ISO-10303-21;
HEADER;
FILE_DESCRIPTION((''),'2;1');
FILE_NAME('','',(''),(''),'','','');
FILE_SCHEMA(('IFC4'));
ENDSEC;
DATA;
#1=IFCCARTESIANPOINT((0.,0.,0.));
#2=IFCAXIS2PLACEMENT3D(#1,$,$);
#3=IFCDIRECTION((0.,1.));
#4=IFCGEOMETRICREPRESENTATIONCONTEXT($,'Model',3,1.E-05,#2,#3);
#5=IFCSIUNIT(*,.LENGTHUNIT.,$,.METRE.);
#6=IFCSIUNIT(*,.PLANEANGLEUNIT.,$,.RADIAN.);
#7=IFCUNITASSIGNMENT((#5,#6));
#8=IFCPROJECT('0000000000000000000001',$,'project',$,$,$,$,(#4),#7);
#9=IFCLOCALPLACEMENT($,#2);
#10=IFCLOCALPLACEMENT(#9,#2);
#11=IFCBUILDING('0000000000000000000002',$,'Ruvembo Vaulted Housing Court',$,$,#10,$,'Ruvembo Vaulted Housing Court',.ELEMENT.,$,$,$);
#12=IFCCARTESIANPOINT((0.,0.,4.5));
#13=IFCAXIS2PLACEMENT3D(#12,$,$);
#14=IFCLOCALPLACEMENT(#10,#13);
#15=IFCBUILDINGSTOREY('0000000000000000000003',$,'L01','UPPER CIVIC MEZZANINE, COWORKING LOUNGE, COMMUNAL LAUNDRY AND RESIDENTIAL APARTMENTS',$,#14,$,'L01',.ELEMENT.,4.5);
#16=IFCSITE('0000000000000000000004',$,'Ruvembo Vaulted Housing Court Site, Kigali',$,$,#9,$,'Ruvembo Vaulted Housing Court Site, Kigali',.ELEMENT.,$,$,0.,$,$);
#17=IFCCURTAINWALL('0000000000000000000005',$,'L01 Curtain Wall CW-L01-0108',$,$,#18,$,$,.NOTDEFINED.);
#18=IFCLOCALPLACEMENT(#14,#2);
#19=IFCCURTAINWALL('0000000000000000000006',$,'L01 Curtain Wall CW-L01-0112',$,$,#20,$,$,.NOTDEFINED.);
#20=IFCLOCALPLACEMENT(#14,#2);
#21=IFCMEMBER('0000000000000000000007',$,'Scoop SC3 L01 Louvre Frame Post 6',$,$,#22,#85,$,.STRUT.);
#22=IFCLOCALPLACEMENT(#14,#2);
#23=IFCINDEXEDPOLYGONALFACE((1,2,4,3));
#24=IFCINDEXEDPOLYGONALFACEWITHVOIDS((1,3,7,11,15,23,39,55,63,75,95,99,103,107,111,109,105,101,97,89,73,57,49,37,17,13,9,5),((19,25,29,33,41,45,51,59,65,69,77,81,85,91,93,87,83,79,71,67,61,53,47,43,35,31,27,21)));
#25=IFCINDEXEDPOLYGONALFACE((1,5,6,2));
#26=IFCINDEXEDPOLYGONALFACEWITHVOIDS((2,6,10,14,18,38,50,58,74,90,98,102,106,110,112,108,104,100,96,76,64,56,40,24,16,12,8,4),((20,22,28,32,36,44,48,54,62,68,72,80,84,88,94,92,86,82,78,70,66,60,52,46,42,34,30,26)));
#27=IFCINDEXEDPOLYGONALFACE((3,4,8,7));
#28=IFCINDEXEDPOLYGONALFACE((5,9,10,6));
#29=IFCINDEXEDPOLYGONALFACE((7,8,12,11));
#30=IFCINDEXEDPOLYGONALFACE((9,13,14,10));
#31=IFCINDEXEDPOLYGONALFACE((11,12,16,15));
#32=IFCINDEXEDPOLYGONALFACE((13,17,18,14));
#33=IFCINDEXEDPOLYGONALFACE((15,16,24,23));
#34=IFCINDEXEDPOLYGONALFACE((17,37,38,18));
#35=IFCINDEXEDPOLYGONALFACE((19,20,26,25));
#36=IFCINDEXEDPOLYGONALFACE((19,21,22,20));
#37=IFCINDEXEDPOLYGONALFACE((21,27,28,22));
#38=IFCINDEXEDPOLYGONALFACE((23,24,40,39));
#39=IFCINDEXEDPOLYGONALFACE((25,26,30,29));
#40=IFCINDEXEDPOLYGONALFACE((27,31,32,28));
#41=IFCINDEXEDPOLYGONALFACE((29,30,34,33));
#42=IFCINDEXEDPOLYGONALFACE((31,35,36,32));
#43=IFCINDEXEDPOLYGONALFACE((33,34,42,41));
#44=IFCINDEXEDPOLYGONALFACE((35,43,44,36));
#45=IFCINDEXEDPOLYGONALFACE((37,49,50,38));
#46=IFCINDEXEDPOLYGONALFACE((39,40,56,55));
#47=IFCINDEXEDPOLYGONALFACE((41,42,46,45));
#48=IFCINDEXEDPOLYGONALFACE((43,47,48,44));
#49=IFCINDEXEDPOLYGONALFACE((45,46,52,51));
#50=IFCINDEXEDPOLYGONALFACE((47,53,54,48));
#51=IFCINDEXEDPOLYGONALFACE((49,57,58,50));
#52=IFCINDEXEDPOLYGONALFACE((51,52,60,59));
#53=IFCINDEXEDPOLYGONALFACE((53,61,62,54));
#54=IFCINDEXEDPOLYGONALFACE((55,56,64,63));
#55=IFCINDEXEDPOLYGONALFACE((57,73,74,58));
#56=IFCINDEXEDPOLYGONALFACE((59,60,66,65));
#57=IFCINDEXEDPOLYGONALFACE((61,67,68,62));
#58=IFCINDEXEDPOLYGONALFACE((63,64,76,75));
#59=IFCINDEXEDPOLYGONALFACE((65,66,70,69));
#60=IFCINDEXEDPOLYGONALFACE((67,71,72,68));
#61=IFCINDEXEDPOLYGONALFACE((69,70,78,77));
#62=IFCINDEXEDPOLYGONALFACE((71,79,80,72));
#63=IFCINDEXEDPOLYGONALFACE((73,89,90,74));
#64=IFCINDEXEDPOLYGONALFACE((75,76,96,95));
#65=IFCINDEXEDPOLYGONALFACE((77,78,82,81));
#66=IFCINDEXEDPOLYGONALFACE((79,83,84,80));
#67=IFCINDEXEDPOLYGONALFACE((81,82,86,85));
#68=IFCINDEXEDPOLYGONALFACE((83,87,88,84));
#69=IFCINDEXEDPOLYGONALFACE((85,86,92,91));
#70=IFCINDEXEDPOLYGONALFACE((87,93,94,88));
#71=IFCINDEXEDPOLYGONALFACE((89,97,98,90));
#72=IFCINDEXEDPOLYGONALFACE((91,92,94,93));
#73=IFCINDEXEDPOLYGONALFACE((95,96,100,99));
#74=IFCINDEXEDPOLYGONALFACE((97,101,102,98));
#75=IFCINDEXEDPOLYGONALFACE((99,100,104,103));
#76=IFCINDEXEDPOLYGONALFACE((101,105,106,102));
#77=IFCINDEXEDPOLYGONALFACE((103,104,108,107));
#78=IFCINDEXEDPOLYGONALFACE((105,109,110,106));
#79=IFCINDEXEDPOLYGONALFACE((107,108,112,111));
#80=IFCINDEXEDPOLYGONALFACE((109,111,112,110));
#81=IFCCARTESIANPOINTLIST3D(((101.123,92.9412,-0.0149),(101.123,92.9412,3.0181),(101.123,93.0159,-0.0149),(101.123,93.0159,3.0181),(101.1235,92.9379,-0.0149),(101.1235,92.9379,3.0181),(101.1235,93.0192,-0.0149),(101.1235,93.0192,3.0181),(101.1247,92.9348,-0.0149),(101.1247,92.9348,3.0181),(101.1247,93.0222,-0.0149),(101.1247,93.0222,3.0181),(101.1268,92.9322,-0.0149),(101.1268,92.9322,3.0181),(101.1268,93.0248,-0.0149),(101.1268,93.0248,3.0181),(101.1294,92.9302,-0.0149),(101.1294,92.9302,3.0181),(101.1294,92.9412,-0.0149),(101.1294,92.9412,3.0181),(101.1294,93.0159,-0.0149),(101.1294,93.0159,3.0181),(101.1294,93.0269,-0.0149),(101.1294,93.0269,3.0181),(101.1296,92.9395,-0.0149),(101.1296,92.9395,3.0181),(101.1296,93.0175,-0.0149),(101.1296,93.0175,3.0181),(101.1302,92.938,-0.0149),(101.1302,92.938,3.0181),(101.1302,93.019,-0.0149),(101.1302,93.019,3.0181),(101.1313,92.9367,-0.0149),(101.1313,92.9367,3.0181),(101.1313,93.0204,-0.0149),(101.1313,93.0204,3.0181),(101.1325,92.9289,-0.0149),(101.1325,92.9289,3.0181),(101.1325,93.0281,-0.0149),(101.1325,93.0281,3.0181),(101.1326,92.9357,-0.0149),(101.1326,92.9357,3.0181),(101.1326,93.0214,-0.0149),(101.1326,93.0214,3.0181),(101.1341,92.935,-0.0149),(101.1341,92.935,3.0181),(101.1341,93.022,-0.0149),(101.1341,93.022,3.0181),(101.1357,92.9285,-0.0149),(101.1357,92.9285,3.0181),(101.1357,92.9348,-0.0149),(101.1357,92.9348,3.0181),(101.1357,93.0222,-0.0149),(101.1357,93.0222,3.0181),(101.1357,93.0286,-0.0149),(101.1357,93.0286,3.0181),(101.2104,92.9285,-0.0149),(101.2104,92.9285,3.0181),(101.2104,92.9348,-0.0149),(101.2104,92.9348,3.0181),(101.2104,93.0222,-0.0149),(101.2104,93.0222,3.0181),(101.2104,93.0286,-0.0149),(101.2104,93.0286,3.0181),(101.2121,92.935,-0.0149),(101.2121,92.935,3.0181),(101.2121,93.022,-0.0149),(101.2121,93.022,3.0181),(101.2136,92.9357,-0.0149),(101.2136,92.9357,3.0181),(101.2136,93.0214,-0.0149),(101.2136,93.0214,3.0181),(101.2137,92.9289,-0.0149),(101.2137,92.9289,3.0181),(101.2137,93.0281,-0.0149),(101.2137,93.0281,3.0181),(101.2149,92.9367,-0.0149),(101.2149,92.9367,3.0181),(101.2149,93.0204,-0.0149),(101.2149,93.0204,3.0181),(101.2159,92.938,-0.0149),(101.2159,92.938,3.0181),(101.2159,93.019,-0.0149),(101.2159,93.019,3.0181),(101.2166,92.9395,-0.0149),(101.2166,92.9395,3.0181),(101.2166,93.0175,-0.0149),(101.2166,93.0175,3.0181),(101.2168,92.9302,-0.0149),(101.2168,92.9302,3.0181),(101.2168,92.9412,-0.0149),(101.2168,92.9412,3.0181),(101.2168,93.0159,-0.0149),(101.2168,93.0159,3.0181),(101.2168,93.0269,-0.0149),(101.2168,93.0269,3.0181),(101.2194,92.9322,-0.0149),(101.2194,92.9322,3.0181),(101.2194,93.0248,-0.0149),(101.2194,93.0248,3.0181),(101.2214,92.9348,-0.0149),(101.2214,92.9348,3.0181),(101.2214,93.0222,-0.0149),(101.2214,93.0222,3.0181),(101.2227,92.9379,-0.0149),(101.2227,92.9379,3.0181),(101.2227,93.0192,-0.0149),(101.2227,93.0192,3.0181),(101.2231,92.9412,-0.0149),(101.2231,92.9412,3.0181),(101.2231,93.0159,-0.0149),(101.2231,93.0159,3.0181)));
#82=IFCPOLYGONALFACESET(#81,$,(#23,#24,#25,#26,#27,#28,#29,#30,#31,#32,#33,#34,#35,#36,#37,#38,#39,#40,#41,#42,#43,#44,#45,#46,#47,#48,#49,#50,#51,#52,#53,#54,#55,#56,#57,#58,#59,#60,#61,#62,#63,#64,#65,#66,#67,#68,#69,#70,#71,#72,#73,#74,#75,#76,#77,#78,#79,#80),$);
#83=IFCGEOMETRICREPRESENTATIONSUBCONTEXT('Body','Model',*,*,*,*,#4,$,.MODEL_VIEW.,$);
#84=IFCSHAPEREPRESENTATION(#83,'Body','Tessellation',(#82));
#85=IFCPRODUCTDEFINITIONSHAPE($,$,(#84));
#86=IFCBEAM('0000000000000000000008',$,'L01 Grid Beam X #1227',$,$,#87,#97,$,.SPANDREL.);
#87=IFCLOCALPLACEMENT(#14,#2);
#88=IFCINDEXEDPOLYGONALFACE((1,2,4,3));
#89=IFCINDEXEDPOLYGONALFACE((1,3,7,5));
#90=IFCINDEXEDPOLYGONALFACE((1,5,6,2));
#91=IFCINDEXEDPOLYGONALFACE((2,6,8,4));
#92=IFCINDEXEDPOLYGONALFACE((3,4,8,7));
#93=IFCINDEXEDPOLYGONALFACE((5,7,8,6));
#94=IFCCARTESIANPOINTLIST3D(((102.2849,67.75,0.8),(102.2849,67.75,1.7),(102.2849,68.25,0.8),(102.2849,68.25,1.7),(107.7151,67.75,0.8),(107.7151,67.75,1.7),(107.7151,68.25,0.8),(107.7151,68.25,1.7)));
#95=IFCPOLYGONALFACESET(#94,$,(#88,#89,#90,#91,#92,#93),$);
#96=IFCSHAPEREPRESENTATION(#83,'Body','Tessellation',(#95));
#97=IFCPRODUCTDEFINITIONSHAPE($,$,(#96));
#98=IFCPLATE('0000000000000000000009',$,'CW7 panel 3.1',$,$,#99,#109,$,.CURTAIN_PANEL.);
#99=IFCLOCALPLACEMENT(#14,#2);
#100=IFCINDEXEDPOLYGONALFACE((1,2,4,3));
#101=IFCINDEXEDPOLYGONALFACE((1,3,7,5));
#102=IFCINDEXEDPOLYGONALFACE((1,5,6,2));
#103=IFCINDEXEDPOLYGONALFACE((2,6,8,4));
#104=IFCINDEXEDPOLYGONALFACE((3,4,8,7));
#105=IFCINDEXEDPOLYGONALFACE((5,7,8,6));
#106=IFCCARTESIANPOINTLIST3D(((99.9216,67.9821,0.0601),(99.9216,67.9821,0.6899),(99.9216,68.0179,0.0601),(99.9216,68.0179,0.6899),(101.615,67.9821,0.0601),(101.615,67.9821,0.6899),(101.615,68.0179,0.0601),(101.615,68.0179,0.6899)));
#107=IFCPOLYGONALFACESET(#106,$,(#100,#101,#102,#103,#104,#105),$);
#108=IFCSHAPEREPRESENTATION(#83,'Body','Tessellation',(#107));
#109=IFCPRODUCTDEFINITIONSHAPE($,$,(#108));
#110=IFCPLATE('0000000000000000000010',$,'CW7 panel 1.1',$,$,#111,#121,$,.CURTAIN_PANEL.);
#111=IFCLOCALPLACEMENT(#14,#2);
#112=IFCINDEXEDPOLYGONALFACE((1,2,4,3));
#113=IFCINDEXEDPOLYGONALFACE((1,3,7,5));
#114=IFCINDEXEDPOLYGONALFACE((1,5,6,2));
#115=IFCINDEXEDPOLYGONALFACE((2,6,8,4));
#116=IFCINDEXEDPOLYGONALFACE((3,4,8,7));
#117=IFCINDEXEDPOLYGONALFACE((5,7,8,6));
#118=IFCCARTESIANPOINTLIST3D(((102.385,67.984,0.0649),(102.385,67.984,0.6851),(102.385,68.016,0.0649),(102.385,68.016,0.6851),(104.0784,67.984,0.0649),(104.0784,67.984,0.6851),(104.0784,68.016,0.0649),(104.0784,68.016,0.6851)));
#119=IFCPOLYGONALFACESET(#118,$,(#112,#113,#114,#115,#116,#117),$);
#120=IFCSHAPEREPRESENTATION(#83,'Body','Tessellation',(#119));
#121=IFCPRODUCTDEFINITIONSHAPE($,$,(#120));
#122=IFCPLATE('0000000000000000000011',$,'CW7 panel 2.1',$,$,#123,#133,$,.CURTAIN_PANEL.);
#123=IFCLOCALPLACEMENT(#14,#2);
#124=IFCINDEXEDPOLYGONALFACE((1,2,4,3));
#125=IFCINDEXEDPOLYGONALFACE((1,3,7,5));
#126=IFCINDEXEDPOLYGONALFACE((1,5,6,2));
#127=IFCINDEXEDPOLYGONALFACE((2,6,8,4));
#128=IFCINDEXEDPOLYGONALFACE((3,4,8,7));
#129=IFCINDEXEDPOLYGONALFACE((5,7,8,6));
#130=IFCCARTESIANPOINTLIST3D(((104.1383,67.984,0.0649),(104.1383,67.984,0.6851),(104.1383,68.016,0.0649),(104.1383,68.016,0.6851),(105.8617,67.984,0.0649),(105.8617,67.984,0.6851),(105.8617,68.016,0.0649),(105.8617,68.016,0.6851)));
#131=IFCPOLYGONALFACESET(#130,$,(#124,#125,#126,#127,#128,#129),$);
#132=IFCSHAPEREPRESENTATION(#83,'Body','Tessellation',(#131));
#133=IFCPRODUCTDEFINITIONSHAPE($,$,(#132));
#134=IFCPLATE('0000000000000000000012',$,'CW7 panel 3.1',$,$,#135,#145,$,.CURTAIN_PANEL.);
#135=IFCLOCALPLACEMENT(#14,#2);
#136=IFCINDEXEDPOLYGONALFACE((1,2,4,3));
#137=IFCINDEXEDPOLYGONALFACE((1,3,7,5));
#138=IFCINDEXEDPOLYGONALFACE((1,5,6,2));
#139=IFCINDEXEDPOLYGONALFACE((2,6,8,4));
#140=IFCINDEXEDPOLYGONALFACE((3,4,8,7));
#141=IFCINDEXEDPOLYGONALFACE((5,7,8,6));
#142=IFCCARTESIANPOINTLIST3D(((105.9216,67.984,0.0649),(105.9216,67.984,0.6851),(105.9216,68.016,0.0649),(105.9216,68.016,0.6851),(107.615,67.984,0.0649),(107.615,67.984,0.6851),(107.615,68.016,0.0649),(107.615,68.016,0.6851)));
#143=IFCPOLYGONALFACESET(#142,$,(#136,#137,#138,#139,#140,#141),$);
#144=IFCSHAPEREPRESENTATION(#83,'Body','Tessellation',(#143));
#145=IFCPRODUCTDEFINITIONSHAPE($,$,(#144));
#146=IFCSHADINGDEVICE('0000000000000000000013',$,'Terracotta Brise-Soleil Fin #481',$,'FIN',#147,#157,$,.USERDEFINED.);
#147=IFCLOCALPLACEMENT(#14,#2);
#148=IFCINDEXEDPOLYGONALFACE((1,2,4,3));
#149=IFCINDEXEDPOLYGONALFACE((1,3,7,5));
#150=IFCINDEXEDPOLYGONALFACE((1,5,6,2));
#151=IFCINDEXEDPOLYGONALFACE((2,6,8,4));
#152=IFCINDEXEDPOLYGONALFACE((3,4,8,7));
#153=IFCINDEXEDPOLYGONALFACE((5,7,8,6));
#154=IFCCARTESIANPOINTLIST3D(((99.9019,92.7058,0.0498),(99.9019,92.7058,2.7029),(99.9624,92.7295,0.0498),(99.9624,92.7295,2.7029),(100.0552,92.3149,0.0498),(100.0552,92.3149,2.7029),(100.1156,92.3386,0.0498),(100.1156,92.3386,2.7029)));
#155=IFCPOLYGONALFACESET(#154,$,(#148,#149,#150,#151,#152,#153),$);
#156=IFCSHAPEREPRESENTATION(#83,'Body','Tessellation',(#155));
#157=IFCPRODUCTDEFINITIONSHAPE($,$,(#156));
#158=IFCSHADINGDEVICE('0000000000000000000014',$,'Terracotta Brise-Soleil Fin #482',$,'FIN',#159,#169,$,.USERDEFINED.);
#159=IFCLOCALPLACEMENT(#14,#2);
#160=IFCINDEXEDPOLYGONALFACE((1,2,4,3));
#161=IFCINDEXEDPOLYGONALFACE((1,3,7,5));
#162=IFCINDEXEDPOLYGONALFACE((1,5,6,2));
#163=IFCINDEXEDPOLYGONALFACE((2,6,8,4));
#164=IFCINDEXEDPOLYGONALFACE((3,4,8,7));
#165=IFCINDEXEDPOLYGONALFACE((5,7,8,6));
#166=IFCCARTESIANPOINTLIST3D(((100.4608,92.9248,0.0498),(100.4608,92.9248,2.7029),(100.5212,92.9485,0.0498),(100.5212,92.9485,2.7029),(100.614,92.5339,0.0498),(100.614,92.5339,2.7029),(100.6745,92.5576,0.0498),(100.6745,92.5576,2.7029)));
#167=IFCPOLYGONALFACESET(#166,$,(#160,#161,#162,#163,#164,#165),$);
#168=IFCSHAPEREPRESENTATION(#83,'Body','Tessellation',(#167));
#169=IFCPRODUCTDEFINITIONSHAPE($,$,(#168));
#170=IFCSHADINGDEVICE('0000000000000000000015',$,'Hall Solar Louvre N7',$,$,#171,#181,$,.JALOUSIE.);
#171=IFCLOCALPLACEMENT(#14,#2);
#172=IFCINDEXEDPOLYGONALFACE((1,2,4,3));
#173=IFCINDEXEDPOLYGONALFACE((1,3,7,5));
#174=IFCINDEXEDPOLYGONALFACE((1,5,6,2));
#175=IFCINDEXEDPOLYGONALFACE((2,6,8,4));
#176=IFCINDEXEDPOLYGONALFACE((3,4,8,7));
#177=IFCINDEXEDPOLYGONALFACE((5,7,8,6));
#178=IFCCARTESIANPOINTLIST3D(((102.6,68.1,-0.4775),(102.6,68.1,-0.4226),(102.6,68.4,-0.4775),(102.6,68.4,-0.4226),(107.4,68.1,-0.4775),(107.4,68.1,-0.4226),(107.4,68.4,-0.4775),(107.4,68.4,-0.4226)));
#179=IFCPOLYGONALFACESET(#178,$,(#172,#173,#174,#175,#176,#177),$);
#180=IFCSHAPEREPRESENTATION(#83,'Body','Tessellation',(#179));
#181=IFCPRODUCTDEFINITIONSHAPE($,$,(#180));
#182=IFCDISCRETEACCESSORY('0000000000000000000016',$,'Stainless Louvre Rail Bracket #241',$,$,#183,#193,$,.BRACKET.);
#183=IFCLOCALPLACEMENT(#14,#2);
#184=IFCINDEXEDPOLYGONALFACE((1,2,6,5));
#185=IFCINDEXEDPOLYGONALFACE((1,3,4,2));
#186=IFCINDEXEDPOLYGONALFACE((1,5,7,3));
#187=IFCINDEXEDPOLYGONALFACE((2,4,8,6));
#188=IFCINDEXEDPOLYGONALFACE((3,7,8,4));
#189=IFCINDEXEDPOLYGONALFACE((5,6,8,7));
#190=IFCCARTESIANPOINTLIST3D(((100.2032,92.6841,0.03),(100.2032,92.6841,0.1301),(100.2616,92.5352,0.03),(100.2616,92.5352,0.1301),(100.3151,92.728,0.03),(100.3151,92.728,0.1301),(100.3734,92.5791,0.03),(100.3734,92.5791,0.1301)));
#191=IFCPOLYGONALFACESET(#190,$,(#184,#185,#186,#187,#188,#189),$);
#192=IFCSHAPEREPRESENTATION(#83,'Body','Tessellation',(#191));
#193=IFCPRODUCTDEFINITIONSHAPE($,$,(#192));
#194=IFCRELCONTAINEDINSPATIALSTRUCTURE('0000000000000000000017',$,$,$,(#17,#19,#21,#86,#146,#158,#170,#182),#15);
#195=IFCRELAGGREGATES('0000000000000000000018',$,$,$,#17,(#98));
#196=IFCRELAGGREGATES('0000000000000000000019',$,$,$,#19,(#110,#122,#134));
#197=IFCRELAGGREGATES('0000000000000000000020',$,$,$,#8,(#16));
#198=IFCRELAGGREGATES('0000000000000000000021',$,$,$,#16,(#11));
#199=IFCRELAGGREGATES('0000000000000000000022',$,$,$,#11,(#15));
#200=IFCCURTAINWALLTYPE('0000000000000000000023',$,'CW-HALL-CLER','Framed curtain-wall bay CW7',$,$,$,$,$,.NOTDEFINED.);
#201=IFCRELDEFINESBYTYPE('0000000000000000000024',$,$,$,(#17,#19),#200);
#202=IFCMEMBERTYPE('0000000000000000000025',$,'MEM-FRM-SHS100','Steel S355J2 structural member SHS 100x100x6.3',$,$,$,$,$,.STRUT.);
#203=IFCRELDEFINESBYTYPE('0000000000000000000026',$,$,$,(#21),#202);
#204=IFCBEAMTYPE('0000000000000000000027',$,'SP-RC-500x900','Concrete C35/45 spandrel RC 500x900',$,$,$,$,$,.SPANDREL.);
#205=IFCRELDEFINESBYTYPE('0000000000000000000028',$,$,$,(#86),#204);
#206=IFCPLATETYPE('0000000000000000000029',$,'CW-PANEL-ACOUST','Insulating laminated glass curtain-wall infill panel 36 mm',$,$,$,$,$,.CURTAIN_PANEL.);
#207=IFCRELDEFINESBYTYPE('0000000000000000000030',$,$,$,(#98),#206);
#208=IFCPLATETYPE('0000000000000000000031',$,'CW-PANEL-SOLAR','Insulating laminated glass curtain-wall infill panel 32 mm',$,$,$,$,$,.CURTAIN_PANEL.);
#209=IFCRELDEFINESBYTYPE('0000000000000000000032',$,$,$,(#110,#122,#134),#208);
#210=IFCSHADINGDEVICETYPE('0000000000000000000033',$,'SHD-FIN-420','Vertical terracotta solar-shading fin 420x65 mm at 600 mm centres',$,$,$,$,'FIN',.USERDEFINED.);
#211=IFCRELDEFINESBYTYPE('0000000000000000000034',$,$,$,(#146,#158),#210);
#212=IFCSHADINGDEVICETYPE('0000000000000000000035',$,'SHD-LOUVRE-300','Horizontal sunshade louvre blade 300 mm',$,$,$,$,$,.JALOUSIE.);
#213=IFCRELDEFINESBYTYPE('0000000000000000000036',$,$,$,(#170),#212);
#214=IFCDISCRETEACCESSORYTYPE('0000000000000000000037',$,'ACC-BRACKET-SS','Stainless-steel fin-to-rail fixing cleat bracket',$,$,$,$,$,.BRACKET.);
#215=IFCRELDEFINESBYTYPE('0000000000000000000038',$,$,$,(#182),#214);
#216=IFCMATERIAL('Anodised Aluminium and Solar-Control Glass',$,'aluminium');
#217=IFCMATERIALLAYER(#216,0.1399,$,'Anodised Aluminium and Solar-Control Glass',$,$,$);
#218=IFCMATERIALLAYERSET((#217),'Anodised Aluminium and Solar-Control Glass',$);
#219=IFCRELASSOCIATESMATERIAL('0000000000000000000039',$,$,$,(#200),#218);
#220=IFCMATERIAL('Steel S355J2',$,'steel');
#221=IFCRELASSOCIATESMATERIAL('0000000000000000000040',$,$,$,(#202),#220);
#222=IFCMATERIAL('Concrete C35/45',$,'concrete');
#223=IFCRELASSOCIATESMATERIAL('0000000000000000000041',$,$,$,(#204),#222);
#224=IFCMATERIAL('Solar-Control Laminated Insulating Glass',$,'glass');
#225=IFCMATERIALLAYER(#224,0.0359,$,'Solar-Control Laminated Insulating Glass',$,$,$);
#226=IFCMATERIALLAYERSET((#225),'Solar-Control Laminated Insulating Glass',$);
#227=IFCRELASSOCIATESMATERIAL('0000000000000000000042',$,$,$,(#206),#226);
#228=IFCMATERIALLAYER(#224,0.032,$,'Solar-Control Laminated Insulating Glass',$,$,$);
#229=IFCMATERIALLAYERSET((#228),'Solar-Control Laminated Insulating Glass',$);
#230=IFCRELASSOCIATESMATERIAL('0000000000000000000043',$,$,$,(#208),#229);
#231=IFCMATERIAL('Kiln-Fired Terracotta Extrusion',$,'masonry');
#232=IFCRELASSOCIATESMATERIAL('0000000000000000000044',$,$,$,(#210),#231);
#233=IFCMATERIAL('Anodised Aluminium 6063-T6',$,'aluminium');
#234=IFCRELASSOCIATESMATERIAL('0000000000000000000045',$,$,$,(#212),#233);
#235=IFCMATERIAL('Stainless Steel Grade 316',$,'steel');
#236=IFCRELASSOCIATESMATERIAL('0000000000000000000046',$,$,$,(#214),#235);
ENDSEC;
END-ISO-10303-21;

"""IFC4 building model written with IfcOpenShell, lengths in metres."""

from ifc_helpers import new_model, si_unit, direction, frame, origin, origin_2d, place, context, subcontext, project, spatial, rectangle, hollow_rectangle, extrude, material, layer, layer_set, material_profile, profile_set, type_object, element, aggregate, save


model = new_model("IFC4")

# Units and contexts
model_context = context("Model", 3, precision=1e-05, world=origin(), true_north=direction((0.0, 1.0)))
body_context = subcontext(model_context, "Body", "Model", "MODEL_VIEW")
ifc_project = project(units=[si_unit("LENGTHUNIT", "METRE"), si_unit("PLANEANGLEUNIT", "RADIAN")], contexts=[model_context])

# Site, building, storey
site_placement = place(None, origin())
site = spatial("IfcSite", under=ifc_project, at=site_placement, Name="Ruvembo Vaulted Housing Court Site, Kigali", LongName="Ruvembo Vaulted Housing Court Site, Kigali", CompositionType="ELEMENT", RefElevation=0.0)
building_placement = place(site_placement, origin())
building = spatial("IfcBuilding", under=site, at=building_placement, Name="Ruvembo Vaulted Housing Court", LongName="Ruvembo Vaulted Housing Court", CompositionType="ELEMENT")
storey_placement = place(building_placement, frame((0.0, 0.0, 4.5)))
storey = spatial("IfcBuildingStorey", under=building, at=storey_placement, Name="L01", Description="UPPER CIVIC MEZZANINE, COWORKING LOUNGE, COMMUNAL LAUNDRY AND RESIDENTIAL APARTMENTS", LongName="L01", CompositionType="ELEMENT", Elevation=4.5)

# Curtain wall
ifc_material_1 = material(Name="Anodised Aluminium and Solar-Control Glass", Category="aluminium")
ifc_layer_1 = layer(ifc_material_1, 0.1399, Name="Anodised Aluminium and Solar-Control Glass")
ifc_layer_set_1 = layer_set([ifc_layer_1], Name="Anodised Aluminium and Solar-Control Glass")
curtain_wall_type = type_object("IfcCurtainWallType", Name="CW-HALL-CLER", Description="Framed curtain-wall bay CW7", PredefinedType="NOTDEFINED", material=ifc_layer_set_1)
curtain_wall_1_placement = place(storey_placement, origin())
curtain_wall_1 = element("IfcCurtainWall", 1, at=curtain_wall_1_placement, inside=storey, type_object=curtain_wall_type, Name="L01 Curtain Wall CW-L01-0108", PredefinedType="NOTDEFINED")
ifc_material_2 = material(Name="Anodised Aluminium 6063-T6", Category="aluminium")

# Curtain wall
curtain_wall_2_placement = place(storey_placement, origin())
curtain_wall_2 = element("IfcCurtainWall", 2, at=curtain_wall_2_placement, inside=storey, type_object=curtain_wall_type, Name="L01 Curtain Wall CW-L01-0112", PredefinedType="NOTDEFINED")

# Member
ifc_material_3 = material(Name="Steel S355J2", Category="steel")
ifc_material_profile_1 = material_profile(ifc_material_3, hollow_rectangle(XDim=0.1001, YDim=0.1001, WallThickness=0.0063, InnerFilletRadius=0.0063, OuterFilletRadius=0.0127, at=origin_2d()), Name="SHS 100x100x6.3")
ifc_profile_set_1 = profile_set([ifc_material_profile_1], Name="Steel S355J2")
member_type_1 = type_object("IfcMemberType", Name="MEM-FRM-SHS100", Description="Steel S355J2 structural member SHS 100x100x6.3", PredefinedType="STRUT", material=ifc_profile_set_1)
member_1_placement = place(storey_placement, frame((101.1731, 92.9785, -0.0149), z_axis=(0.0, 0.0, 1.0), x_axis=(1.0, 0.0, 0.0)))
element("IfcMember", 3, at=member_1_placement, inside=storey, type_object=member_type_1, Name="Scoop SC3 L01 Louvre Frame Post 6", PredefinedType="STRUT", context=body_context, shape_type="SweptSolid", body=[
    extrude(hollow_rectangle(XDim=0.1001, YDim=0.1001, WallThickness=0.0063, InnerFilletRadius=0.0063, OuterFilletRadius=0.0127, at=origin_2d()), origin(), (0.0, 0.0, 1.0), 3.033),
])

# Beam
ifc_material_4 = material(Name="Concrete C35/45", Category="concrete")
ifc_material_profile_2 = material_profile(ifc_material_4, rectangle(XDim=0.5, YDim=0.8999, at=origin_2d()), Name="RC 500x900")
ifc_profile_set_2 = profile_set([ifc_material_profile_2], Name="Concrete C35/45")
beam_type = type_object("IfcBeamType", Name="SP-RC-500x900", Description="Concrete C35/45 spandrel RC 500x900", PredefinedType="SPANDREL", material=ifc_profile_set_2)
beam_placement = place(storey_placement, frame((102.2849, 68.0, 1.25), z_axis=(1.0, 0.0, 0.0), x_axis=(0.0, 1.0, 0.0)))
element("IfcBeam", 4, at=beam_placement, inside=storey, type_object=beam_type, Name="L01 Grid Beam X #1227", PredefinedType="SPANDREL", context=body_context, shape_type="SweptSolid", body=[
    extrude(rectangle(XDim=0.5, YDim=0.8999, at=origin_2d()), origin(), (0.0, 0.0, 1.0), 5.4302),
])

# Plates
ifc_material_5 = material(Name="Solar-Control Laminated Insulating Glass", Category="glass")
ifc_layer_2 = layer(ifc_material_5, 0.0359, Name="Solar-Control Laminated Insulating Glass")
ifc_layer_set_2 = layer_set([ifc_layer_2], Name="Solar-Control Laminated Insulating Glass")
plate_type_1 = type_object("IfcPlateType", Name="CW-PANEL-ACOUST", Description="Insulating laminated glass curtain-wall infill panel 36 mm", PredefinedType="CURTAIN_PANEL", material=ifc_layer_set_2)
plate_1_placement = place(storey_placement, frame((100.7683, 68.0, 0.0601), z_axis=(0.0, 0.0, 1.0), x_axis=(1.0, 0.0, 0.0)))
plate_1 = element("IfcPlate", 5, at=plate_1_placement, type_object=plate_type_1, Name="CW7 panel 3.1", PredefinedType="CURTAIN_PANEL", context=body_context, shape_type="SweptSolid", body=[
    extrude(rectangle(XDim=1.6934, YDim=0.0359, at=origin_2d()), origin(), (0.0, 0.0, 1.0), 0.6299),
])
aggregate(curtain_wall_1, [plate_1])
ifc_layer_3 = layer(ifc_material_5, 0.032, Name="Solar-Control Laminated Insulating Glass")
ifc_layer_set_3 = layer_set([ifc_layer_3], Name="Solar-Control Laminated Insulating Glass")
plate_type_2 = type_object("IfcPlateType", Name="CW-PANEL-SOLAR", Description="Insulating laminated glass curtain-wall infill panel 32 mm", PredefinedType="CURTAIN_PANEL", material=ifc_layer_set_3)
plate_2_placement = place(storey_placement, frame((103.2317, 68.0, 0.0649), z_axis=(0.0, 0.0, 1.0), x_axis=(1.0, 0.0, 0.0)))
plate_2 = element("IfcPlate", 6, at=plate_2_placement, type_object=plate_type_2, Name="CW7 panel 1.1", PredefinedType="CURTAIN_PANEL", context=body_context, shape_type="SweptSolid", body=[
    extrude(rectangle(XDim=1.6934, YDim=0.032, at=origin_2d()), origin(), (0.0, 0.0, 1.0), 0.6201),
])
plate_3_placement = place(storey_placement, frame((105.0, 68.0, 0.0649), z_axis=(0.0, 0.0, 1.0), x_axis=(1.0, 0.0, 0.0)))
plate_3 = element("IfcPlate", 7, at=plate_3_placement, type_object=plate_type_2, Name="CW7 panel 2.1", PredefinedType="CURTAIN_PANEL", context=body_context, shape_type="SweptSolid", body=[
    extrude(rectangle(XDim=1.7234, YDim=0.032, at=origin_2d()), origin(), (0.0, 0.0, 1.0), 0.6201),
])
plate_4_placement = place(storey_placement, frame((106.7683, 68.0, 0.0649), z_axis=(0.0, 0.0, 1.0), x_axis=(1.0, 0.0, 0.0)))
plate_4 = element("IfcPlate", 8, at=plate_4_placement, type_object=plate_type_2, Name="CW7 panel 3.1", PredefinedType="CURTAIN_PANEL", context=body_context, shape_type="SweptSolid", body=[
    extrude(rectangle(XDim=1.6934, YDim=0.032, at=origin_2d()), origin(), (0.0, 0.0, 1.0), 0.6201),
])
aggregate(curtain_wall_2, [plate_2, plate_3, plate_4])

# Shading devices
ifc_material_6 = material(Name="Kiln-Fired Terracotta Extrusion", Category="masonry")
shading_device_type_1 = type_object("IfcShadingDeviceType", Name="SHD-FIN-420", Description="Vertical terracotta solar-shading fin 420x65 mm at 600 mm centres", ElementType="FIN", PredefinedType="USERDEFINED", material=ifc_material_6)
for number, where, z_axis, x_axis, name in (
    (9, (100.0088, 92.5222, 0.0498), (0.0, 0.0, 1.0), (0.364958, -0.931024, 0.0), "Terracotta Brise-Soleil Fin #481"),
    (10, (100.5676, 92.7412, 0.0498), (0.0, 0.0, 1.0), (0.364958, -0.931024, 0.0), "Terracotta Brise-Soleil Fin #482"),
):
    element("IfcShadingDevice", number, at=place(storey_placement, frame(where, z_axis=z_axis, x_axis=x_axis)), inside=storey, type_object=shading_device_type_1, Name=name, ObjectType="FIN", PredefinedType="USERDEFINED", context=body_context, shape_type="SweptSolid", body=[
        extrude(rectangle(XDim=0.4199, YDim=0.0649, at=origin_2d()), origin(), (0.0, 0.0, 1.0), 2.6531),
    ])
shading_device_type_2 = type_object("IfcShadingDeviceType", Name="SHD-LOUVRE-300", Description="Horizontal sunshade louvre blade 300 mm", PredefinedType="JALOUSIE", material=ifc_material_2)
shading_device_placement = place(storey_placement, frame((105.0, 68.25, -0.4775), z_axis=(0.0, 0.0, 1.0), x_axis=(1.0, 0.0, 0.0)))
element("IfcShadingDevice", 11, at=shading_device_placement, inside=storey, type_object=shading_device_type_2, Name="Hall Solar Louvre N7", PredefinedType="JALOUSIE", context=body_context, shape_type="SweptSolid", body=[
    extrude(rectangle(XDim=4.8, YDim=0.3, at=origin_2d()), origin(), (0.0, 0.0, 1.0), 0.0549),
])

# Discrete accessory
ifc_material_7 = material(Name="Stainless Steel Grade 316", Category="steel")
discrete_accessory_type = type_object("IfcDiscreteAccessoryType", Name="ACC-BRACKET-SS", Description="Stainless-steel fin-to-rail fixing cleat bracket", PredefinedType="BRACKET", material=ifc_material_7)
discrete_accessory_placement = place(storey_placement, frame((100.2883, 92.6316, 0.03), z_axis=(0.0, 0.0, 1.0), x_axis=(0.364958, -0.931024, 0.0)))
element("IfcDiscreteAccessory", 12, at=discrete_accessory_placement, inside=storey, type_object=discrete_accessory_type, Name="Stainless Louvre Rail Bracket #241", PredefinedType="BRACKET", context=body_context, shape_type="SweptSolid", body=[
    extrude(rectangle(XDim=0.1599, YDim=0.1201, at=origin_2d()), origin(), (0.0, 0.0, 1.0), 0.1001),
])

save(model, "model.ifc")
